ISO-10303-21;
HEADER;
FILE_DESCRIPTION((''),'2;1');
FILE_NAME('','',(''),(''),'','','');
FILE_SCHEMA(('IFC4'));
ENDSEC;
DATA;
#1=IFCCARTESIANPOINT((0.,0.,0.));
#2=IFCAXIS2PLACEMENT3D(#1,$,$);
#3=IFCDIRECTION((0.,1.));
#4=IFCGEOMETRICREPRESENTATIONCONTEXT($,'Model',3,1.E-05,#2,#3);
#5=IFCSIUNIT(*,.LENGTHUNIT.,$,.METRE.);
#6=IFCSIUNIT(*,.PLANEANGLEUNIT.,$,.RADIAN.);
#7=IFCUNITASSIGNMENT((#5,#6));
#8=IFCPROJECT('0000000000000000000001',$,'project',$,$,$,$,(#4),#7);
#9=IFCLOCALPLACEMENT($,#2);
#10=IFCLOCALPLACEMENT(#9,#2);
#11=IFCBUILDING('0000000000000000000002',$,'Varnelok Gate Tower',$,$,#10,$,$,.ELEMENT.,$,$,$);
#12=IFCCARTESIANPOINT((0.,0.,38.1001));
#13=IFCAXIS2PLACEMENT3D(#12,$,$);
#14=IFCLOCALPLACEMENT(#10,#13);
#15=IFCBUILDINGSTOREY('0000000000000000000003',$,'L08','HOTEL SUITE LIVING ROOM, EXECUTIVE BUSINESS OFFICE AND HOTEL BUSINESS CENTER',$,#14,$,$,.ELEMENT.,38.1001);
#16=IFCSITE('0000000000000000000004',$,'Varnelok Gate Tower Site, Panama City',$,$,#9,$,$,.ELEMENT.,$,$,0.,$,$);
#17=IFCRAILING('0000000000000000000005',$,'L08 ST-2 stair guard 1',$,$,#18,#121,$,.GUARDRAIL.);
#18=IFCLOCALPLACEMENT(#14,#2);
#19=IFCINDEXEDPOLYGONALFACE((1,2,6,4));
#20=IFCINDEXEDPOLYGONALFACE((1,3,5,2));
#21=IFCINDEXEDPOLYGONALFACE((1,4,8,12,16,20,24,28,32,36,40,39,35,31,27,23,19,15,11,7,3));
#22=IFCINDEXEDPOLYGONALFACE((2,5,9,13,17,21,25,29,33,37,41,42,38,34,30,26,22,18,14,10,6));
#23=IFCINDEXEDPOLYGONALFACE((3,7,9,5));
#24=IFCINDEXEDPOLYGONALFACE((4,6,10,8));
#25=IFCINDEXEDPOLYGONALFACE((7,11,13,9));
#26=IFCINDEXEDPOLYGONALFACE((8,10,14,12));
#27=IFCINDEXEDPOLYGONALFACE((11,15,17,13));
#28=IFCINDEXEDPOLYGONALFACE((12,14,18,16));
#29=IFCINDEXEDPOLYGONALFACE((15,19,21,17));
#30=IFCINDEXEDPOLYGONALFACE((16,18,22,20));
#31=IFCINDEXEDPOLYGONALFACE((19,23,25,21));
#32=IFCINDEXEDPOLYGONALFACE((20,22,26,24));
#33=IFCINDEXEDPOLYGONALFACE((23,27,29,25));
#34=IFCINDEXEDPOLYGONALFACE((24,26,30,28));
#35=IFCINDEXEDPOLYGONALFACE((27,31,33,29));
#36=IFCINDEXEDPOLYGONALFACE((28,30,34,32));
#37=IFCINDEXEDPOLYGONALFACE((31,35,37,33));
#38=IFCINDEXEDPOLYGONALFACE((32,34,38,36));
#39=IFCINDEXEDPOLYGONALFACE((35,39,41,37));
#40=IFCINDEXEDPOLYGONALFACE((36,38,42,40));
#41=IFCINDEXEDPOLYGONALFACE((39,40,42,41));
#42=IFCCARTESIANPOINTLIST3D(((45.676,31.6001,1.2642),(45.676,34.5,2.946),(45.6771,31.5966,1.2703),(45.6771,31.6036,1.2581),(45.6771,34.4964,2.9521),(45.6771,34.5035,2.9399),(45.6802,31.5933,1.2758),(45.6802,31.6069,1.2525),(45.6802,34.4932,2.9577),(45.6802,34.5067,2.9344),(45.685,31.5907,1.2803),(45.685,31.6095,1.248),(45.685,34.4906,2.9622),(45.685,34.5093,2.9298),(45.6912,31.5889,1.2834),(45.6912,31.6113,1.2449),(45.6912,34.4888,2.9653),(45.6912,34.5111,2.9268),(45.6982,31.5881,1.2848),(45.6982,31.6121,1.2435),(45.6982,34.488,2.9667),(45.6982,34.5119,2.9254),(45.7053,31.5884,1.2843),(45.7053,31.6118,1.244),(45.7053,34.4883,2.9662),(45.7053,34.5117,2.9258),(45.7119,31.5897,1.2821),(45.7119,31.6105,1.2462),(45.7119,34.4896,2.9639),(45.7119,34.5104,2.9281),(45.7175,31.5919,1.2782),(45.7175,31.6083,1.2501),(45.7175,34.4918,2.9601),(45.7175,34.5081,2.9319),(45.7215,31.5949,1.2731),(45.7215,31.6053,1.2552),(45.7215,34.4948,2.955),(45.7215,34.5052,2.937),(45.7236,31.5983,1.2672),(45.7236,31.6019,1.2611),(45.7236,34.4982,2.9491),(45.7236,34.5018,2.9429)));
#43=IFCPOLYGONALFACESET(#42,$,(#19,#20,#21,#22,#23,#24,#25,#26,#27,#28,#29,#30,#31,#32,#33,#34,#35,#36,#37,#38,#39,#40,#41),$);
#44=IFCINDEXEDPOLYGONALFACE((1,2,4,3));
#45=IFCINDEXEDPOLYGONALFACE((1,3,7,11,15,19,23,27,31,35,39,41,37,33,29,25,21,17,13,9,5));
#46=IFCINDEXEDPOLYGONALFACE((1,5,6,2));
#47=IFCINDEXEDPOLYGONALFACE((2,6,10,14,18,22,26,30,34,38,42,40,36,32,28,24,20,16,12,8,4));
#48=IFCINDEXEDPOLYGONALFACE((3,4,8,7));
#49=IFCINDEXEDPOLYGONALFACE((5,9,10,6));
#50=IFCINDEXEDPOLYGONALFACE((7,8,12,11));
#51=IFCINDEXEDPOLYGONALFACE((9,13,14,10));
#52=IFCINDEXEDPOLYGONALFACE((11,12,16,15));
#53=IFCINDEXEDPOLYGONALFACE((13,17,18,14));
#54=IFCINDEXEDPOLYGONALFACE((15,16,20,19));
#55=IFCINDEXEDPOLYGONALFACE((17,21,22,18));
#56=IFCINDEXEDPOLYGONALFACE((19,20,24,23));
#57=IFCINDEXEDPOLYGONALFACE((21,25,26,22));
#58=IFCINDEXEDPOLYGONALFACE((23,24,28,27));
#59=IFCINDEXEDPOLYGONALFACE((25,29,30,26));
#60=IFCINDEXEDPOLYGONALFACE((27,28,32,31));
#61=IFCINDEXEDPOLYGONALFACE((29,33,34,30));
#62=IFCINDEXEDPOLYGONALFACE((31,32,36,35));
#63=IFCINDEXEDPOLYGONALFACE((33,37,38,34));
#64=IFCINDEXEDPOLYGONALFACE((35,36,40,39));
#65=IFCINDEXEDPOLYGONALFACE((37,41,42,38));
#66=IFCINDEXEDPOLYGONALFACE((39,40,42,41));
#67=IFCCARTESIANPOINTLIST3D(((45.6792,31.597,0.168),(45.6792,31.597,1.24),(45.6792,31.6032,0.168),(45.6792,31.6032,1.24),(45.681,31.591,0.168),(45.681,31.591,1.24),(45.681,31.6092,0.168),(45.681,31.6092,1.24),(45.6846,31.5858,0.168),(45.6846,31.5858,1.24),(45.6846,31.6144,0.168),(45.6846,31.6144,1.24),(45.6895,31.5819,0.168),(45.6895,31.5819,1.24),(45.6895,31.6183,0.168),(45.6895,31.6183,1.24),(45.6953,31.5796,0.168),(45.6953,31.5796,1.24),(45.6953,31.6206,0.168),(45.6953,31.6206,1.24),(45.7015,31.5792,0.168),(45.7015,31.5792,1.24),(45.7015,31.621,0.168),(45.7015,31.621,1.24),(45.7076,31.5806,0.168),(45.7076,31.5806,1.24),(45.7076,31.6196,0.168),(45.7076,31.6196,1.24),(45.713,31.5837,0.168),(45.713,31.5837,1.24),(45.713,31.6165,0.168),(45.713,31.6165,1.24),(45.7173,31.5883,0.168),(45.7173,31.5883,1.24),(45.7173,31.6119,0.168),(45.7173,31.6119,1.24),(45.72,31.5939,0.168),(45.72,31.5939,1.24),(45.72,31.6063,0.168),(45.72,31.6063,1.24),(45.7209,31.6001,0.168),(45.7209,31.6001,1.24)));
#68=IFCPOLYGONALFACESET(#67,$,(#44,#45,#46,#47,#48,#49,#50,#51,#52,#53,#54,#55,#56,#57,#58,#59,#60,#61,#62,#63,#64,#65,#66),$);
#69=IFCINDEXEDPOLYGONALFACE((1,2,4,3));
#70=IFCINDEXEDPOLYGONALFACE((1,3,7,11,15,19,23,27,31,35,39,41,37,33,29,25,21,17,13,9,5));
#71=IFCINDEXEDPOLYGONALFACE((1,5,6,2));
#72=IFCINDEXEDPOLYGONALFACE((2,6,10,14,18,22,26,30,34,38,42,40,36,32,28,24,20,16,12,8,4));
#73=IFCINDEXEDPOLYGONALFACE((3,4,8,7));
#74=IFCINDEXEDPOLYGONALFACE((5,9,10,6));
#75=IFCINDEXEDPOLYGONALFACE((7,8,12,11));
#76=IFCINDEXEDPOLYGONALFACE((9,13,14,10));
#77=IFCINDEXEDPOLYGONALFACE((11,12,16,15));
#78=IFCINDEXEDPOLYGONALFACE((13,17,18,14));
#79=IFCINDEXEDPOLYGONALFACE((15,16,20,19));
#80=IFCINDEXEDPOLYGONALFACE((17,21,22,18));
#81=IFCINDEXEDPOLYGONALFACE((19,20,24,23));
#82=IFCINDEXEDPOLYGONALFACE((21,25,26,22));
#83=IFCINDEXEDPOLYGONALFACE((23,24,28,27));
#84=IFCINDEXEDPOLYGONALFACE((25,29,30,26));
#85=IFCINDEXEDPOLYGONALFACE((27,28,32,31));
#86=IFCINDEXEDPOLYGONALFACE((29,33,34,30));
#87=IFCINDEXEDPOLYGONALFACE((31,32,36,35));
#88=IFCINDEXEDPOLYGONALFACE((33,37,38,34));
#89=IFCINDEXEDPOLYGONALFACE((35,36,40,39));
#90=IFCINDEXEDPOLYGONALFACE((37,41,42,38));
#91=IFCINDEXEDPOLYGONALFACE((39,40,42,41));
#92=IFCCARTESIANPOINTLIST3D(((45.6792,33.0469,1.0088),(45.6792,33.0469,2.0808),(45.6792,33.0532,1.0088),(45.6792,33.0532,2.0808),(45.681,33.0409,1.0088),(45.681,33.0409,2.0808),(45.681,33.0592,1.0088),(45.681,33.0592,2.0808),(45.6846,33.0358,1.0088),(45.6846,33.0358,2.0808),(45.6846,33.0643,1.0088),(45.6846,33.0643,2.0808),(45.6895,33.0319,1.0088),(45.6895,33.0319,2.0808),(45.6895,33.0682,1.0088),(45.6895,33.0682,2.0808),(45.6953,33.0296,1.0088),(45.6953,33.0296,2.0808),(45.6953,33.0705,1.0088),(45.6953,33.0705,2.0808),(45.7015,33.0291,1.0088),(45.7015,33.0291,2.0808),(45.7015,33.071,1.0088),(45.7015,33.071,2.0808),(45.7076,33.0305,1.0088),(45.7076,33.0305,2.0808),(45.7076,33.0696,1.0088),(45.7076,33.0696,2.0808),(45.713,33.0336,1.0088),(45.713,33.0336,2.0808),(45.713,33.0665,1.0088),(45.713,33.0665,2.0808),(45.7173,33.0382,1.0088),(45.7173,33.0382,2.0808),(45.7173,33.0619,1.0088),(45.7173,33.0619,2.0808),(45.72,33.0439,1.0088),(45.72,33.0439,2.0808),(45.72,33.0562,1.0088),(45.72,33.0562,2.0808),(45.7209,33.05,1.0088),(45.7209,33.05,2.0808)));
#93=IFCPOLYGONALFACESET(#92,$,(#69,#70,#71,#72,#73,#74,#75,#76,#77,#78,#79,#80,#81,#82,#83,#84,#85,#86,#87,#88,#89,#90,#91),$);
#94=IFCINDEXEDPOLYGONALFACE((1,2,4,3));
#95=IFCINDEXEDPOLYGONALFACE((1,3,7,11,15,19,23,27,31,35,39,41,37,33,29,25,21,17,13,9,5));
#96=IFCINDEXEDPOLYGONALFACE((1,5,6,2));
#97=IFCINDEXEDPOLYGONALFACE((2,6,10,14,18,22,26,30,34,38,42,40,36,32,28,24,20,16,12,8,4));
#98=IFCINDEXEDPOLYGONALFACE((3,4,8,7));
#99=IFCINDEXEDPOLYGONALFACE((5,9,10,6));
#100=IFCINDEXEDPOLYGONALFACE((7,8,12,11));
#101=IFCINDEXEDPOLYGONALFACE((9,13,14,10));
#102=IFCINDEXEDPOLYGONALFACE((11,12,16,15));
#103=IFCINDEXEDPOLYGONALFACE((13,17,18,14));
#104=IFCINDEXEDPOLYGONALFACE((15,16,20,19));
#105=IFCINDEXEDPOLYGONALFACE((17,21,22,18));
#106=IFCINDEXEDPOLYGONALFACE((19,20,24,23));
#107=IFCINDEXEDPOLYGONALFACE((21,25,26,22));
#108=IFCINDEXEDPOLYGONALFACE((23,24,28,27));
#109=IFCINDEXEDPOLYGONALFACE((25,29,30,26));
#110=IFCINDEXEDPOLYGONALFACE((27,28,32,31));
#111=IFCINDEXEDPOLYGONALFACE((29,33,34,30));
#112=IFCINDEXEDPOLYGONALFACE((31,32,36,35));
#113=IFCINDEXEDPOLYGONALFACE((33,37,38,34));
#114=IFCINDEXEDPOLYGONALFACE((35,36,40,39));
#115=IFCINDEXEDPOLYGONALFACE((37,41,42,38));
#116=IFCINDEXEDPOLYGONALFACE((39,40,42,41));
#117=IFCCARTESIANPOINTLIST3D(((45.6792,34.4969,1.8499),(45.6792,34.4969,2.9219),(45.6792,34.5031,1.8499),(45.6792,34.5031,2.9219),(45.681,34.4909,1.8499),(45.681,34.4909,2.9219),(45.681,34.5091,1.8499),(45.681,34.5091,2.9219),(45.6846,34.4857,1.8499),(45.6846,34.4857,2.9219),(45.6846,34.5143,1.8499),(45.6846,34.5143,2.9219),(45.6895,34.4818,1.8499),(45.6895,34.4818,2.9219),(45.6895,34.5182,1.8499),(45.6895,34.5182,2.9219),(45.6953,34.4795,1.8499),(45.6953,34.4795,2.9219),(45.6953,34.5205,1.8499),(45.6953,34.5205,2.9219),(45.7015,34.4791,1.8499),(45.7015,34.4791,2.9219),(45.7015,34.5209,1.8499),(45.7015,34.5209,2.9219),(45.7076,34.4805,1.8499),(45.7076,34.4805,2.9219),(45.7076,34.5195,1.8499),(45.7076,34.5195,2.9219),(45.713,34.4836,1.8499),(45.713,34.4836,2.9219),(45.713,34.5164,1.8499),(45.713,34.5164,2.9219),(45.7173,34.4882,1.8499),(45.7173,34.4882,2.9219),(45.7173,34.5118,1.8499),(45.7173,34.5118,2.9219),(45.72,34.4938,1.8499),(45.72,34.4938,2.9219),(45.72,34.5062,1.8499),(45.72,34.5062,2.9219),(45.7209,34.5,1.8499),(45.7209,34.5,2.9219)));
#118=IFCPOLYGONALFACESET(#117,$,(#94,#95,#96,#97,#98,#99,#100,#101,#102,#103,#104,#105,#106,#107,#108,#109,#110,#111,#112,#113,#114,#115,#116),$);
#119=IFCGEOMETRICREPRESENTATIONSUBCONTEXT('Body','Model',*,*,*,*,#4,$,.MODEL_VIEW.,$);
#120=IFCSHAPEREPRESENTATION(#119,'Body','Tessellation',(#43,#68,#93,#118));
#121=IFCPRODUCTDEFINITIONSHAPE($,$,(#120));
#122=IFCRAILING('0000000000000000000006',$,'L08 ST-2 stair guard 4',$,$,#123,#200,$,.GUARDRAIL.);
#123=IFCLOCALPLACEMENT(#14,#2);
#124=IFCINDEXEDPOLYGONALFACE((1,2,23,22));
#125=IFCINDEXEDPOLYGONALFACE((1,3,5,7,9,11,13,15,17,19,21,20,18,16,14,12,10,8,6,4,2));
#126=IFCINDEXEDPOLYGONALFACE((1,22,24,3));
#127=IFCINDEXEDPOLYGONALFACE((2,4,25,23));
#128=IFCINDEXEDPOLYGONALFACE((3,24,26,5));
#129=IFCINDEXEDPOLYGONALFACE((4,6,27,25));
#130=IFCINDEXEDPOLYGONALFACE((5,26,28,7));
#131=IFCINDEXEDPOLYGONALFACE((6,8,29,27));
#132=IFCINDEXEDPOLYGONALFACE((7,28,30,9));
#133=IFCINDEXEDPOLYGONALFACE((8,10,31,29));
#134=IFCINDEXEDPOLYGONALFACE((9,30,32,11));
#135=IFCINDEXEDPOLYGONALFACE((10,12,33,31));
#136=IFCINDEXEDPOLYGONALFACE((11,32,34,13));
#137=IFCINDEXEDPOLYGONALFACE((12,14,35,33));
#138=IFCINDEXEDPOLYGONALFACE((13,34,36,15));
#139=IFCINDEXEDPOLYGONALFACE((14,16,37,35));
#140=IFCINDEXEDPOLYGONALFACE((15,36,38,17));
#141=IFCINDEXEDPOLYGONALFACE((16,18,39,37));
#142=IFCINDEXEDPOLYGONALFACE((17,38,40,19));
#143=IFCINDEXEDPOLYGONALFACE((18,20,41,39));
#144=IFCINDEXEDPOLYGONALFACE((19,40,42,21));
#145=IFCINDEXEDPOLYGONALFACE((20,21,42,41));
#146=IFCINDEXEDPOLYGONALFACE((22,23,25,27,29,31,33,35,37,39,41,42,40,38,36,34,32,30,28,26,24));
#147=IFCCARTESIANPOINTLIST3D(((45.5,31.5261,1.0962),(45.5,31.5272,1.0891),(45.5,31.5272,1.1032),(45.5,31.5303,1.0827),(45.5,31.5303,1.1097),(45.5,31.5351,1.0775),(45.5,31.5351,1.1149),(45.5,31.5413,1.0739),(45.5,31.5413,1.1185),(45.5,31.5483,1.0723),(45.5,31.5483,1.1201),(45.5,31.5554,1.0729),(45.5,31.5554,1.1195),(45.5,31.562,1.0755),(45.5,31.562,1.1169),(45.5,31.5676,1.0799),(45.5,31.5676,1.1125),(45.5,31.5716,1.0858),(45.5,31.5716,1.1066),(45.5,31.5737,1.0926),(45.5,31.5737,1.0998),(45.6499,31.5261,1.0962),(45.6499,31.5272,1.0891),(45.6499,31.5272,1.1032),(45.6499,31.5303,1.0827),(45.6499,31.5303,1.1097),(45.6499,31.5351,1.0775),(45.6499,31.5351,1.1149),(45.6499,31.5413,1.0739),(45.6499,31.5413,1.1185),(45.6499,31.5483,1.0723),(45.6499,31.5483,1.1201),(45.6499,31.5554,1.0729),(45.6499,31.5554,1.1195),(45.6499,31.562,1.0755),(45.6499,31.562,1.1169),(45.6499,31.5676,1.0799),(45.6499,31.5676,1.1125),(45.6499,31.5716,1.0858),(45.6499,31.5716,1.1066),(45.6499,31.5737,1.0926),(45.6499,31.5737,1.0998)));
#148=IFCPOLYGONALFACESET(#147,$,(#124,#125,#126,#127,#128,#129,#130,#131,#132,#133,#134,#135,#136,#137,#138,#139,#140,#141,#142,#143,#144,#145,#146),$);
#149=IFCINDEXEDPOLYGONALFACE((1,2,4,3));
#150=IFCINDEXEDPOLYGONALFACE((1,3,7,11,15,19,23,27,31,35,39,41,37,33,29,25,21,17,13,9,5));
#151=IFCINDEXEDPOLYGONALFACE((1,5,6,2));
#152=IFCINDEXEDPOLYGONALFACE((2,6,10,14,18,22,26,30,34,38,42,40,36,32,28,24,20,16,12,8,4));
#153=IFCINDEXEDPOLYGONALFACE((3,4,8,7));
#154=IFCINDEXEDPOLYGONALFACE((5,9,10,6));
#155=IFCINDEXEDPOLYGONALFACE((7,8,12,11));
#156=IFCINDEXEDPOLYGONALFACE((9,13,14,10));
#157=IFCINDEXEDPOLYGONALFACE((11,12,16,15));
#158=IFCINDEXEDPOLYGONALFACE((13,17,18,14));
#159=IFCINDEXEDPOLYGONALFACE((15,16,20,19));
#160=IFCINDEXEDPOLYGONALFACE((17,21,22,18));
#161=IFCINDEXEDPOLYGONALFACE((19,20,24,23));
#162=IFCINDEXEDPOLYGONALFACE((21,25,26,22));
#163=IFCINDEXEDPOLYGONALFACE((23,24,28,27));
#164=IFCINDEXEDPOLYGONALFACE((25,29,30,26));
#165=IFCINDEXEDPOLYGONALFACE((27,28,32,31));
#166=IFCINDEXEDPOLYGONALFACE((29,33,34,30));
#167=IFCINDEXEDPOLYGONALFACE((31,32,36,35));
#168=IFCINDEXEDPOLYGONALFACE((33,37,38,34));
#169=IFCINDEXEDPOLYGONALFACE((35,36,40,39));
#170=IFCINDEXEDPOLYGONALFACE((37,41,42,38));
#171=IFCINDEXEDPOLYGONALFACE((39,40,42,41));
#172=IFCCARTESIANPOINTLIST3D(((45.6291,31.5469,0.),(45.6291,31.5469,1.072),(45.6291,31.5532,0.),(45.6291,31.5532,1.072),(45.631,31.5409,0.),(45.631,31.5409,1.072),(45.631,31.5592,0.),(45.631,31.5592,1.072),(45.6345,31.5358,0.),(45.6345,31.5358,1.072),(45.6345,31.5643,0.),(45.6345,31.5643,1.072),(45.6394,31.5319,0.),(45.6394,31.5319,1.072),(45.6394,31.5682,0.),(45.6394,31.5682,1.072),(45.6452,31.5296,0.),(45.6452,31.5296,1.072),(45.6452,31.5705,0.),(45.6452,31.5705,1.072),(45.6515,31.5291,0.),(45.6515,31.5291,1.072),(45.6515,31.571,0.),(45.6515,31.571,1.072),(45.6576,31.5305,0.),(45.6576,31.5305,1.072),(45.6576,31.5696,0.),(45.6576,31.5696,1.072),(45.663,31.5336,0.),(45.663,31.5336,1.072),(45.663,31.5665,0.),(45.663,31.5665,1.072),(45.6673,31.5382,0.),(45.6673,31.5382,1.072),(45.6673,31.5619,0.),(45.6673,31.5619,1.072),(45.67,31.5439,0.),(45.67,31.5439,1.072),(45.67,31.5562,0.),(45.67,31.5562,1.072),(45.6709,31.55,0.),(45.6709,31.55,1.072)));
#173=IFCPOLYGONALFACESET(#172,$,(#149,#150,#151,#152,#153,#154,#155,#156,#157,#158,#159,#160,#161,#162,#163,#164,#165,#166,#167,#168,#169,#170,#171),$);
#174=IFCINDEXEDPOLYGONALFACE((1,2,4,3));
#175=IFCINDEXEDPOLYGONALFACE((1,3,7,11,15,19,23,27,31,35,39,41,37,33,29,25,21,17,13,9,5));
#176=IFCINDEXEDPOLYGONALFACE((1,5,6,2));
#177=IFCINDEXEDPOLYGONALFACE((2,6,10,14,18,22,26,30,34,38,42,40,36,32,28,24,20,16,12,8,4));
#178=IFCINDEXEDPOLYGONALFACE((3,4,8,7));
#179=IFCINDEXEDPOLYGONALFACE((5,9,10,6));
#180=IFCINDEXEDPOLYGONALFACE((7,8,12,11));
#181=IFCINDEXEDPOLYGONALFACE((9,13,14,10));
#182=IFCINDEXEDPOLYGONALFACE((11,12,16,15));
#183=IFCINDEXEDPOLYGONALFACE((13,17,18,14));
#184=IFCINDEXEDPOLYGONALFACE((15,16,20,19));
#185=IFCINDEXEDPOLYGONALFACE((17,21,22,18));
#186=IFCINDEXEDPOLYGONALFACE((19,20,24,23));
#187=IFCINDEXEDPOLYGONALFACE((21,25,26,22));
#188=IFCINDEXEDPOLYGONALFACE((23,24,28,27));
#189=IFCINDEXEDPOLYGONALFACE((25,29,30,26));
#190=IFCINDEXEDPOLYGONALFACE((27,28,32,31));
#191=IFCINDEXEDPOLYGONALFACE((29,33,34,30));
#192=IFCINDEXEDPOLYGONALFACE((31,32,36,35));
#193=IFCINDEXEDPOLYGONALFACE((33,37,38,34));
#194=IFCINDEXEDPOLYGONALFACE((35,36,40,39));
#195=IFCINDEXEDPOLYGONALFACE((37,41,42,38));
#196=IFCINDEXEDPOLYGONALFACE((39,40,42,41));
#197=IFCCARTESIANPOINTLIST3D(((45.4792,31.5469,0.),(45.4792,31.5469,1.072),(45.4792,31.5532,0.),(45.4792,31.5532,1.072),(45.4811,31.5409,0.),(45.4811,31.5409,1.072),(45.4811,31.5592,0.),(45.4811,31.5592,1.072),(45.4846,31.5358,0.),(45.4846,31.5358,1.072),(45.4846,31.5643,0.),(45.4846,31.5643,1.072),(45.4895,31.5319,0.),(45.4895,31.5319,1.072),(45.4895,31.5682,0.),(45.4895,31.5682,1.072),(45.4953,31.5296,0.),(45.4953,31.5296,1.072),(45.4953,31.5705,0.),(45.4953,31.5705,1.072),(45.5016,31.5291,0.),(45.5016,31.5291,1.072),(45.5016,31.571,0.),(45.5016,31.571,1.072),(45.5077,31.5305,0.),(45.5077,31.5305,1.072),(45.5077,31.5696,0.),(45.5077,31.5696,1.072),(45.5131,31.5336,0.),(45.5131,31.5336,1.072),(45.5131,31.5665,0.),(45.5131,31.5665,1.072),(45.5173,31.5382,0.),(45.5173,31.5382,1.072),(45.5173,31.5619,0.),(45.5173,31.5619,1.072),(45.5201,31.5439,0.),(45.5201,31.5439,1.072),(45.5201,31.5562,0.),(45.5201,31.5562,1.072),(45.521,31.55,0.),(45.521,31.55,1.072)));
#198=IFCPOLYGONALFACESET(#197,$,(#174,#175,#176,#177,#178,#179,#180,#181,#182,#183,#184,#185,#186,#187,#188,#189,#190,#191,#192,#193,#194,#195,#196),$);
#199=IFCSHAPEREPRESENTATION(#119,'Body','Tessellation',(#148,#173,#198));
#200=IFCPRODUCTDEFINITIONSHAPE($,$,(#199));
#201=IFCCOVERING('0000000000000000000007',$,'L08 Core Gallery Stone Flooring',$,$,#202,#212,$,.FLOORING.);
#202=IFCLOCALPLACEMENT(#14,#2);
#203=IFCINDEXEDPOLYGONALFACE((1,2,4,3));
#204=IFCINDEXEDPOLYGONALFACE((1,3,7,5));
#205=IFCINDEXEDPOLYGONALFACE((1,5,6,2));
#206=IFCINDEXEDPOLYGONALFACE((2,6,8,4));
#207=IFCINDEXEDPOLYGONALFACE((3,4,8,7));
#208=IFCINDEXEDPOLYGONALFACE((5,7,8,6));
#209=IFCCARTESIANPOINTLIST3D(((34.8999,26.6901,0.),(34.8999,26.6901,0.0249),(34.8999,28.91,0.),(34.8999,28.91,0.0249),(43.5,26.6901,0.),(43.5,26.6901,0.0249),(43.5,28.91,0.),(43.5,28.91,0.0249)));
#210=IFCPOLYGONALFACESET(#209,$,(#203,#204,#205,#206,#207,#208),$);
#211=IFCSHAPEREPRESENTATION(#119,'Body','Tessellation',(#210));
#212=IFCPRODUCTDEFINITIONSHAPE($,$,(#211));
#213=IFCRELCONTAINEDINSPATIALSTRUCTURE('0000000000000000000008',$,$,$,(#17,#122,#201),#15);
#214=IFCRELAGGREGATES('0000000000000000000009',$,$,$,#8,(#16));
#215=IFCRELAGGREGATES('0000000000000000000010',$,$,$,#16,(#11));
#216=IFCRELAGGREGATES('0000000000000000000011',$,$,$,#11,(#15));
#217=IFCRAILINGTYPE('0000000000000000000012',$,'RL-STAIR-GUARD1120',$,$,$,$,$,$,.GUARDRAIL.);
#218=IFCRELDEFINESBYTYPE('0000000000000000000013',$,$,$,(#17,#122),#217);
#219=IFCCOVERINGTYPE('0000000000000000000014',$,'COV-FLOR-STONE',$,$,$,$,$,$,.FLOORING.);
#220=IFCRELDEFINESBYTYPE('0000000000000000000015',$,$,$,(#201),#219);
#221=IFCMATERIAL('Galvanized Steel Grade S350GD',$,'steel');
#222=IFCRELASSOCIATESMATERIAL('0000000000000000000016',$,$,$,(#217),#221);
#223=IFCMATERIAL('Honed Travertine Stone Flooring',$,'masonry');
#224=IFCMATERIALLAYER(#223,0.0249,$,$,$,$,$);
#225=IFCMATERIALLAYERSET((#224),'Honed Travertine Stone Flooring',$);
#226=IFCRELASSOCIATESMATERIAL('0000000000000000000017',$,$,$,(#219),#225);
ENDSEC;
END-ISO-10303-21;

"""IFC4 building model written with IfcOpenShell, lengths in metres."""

from ifc_helpers import new_model, si_unit, direction, frame, origin, origin_2d, place, context, subcontext, project, spatial, rectangle, circle, extrude, source, transform, mapped, material, layer, layer_set, type_object, element, save


model = new_model("IFC4")

# Units and contexts
model_context = context("Model", 3, precision=1e-05, world=origin(), true_north=direction((0.0, 1.0)))
body_context = subcontext(model_context, "Body", "Model", "MODEL_VIEW")
ifc_project = project(units=[si_unit("LENGTHUNIT", "METRE"), si_unit("PLANEANGLEUNIT", "RADIAN")], contexts=[model_context])

# Site, building, storey
site_placement = place(None, origin())
site = spatial("IfcSite", under=ifc_project, at=site_placement, Name="Varnelok Gate Tower Site, Panama City", CompositionType="ELEMENT", RefElevation=0.0)
building_placement = place(site_placement, origin())
building = spatial("IfcBuilding", under=site, at=building_placement, Name="Varnelok Gate Tower", CompositionType="ELEMENT")
storey_placement = place(building_placement, frame((0.0, 0.0, 38.1001)))
storey = spatial("IfcBuildingStorey", under=building, at=storey_placement, Name="L08", Description="HOTEL SUITE LIVING ROOM, EXECUTIVE BUSINESS OFFICE AND HOTEL BUSINESS CENTER", CompositionType="ELEMENT", Elevation=38.1001)

# Shared definitions
ifc_material_1 = material(Name="Galvanized Steel Grade S350GD", Category="steel")

# Railings
railing_type_1 = type_object("IfcRailingType", Name="RL-STAIR-GUARD1120", PredefinedType="GUARDRAIL", material=ifc_material_1)
railing_1_placement = place(storey_placement, frame((45.7, 31.6001, 0.168)))
element("IfcRailing", 1, at=railing_1_placement, inside=storey, type_object=railing_type_1, Name="L08 ST-2 stair guard 1", PredefinedType="GUARDRAIL", context=body_context, shape_type="SweptSolid", body=[
    extrude(circle(Radius=0.0239, at=origin_2d()), frame((0.0, 0.0, 1.0962), z_axis=(0.0, 0.865039, 0.501705), x_axis=(-1.0, 0.0, 0.0)), (0.0, 0.0, 1.0), 3.3523),
    extrude(circle(Radius=0.021, at=origin_2d()), origin(), (0.0, 0.0, 1.0), 1.072),
    extrude(circle(Radius=0.021, at=origin_2d()), frame((0.0, 1.45, 0.8408)), (0.0, 0.0, 1.0), 1.072),
    extrude(circle(Radius=0.021, at=origin_2d()), frame((0.0, 2.8999, 1.6819)), (0.0, 0.0, 1.0), 1.072),
])
railing_2_placement = place(storey_placement, frame((45.6499, 31.55, 0.0)))
element("IfcRailing", 2, at=railing_2_placement, inside=storey, type_object=railing_type_1, Name="L08 ST-2 stair guard 4", PredefinedType="GUARDRAIL", context=body_context, shape_type="SweptSolid", body=[
    extrude(circle(Radius=0.0239, at=origin_2d()), frame((0.0, 0.0, 1.0962), z_axis=(-1.0, 0.0, 0.0), x_axis=(0.0, -1.0, 0.0)), (0.0, 0.0, 1.0), 0.1499),
    extrude(circle(Radius=0.021, at=origin_2d()), origin(), (0.0, 0.0, 1.0), 1.072),
    extrude(circle(Radius=0.021, at=origin_2d()), frame((-0.1499, 0.0, 0.0)), (0.0, 0.0, 1.0), 1.072),
])

# Covering
ifc_material_2 = material(Name="Honed Travertine Stone Flooring", Category="masonry")
ifc_layer_1 = layer(ifc_material_2, 0.0249)
ifc_layer_set_1 = layer_set([ifc_layer_1], Name="Honed Travertine Stone Flooring")
covering_type_1 = type_object("IfcCoveringType", Name="COV-FLOR-STONE", PredefinedType="FLOORING", material=ifc_layer_set_1)
shared_shape_1 = source(origin(), body_context, "Body", "SweptSolid", [
    extrude(rectangle(XDim=8.6001, YDim=2.22, at=origin_2d()), origin(), (0.0, 0.0, 1.0), 0.0249),
])
covering_1_placement = place(storey_placement, frame((39.2, 27.8, 0.0), z_axis=(0.0, 0.0, 1.0), x_axis=(1.0, 0.0, 0.0)))
element("IfcCovering", 3, at=covering_1_placement, inside=storey, type_object=covering_type_1, Name="L08 Core Gallery Stone Flooring", PredefinedType="FLOORING", context=body_context, shape_type="MappedRepresentation", body=[
    mapped(shared_shape_1, transform((0.0, 0.0, 0.0), scale=1.0)),
])

save(model, "model.ifc")
